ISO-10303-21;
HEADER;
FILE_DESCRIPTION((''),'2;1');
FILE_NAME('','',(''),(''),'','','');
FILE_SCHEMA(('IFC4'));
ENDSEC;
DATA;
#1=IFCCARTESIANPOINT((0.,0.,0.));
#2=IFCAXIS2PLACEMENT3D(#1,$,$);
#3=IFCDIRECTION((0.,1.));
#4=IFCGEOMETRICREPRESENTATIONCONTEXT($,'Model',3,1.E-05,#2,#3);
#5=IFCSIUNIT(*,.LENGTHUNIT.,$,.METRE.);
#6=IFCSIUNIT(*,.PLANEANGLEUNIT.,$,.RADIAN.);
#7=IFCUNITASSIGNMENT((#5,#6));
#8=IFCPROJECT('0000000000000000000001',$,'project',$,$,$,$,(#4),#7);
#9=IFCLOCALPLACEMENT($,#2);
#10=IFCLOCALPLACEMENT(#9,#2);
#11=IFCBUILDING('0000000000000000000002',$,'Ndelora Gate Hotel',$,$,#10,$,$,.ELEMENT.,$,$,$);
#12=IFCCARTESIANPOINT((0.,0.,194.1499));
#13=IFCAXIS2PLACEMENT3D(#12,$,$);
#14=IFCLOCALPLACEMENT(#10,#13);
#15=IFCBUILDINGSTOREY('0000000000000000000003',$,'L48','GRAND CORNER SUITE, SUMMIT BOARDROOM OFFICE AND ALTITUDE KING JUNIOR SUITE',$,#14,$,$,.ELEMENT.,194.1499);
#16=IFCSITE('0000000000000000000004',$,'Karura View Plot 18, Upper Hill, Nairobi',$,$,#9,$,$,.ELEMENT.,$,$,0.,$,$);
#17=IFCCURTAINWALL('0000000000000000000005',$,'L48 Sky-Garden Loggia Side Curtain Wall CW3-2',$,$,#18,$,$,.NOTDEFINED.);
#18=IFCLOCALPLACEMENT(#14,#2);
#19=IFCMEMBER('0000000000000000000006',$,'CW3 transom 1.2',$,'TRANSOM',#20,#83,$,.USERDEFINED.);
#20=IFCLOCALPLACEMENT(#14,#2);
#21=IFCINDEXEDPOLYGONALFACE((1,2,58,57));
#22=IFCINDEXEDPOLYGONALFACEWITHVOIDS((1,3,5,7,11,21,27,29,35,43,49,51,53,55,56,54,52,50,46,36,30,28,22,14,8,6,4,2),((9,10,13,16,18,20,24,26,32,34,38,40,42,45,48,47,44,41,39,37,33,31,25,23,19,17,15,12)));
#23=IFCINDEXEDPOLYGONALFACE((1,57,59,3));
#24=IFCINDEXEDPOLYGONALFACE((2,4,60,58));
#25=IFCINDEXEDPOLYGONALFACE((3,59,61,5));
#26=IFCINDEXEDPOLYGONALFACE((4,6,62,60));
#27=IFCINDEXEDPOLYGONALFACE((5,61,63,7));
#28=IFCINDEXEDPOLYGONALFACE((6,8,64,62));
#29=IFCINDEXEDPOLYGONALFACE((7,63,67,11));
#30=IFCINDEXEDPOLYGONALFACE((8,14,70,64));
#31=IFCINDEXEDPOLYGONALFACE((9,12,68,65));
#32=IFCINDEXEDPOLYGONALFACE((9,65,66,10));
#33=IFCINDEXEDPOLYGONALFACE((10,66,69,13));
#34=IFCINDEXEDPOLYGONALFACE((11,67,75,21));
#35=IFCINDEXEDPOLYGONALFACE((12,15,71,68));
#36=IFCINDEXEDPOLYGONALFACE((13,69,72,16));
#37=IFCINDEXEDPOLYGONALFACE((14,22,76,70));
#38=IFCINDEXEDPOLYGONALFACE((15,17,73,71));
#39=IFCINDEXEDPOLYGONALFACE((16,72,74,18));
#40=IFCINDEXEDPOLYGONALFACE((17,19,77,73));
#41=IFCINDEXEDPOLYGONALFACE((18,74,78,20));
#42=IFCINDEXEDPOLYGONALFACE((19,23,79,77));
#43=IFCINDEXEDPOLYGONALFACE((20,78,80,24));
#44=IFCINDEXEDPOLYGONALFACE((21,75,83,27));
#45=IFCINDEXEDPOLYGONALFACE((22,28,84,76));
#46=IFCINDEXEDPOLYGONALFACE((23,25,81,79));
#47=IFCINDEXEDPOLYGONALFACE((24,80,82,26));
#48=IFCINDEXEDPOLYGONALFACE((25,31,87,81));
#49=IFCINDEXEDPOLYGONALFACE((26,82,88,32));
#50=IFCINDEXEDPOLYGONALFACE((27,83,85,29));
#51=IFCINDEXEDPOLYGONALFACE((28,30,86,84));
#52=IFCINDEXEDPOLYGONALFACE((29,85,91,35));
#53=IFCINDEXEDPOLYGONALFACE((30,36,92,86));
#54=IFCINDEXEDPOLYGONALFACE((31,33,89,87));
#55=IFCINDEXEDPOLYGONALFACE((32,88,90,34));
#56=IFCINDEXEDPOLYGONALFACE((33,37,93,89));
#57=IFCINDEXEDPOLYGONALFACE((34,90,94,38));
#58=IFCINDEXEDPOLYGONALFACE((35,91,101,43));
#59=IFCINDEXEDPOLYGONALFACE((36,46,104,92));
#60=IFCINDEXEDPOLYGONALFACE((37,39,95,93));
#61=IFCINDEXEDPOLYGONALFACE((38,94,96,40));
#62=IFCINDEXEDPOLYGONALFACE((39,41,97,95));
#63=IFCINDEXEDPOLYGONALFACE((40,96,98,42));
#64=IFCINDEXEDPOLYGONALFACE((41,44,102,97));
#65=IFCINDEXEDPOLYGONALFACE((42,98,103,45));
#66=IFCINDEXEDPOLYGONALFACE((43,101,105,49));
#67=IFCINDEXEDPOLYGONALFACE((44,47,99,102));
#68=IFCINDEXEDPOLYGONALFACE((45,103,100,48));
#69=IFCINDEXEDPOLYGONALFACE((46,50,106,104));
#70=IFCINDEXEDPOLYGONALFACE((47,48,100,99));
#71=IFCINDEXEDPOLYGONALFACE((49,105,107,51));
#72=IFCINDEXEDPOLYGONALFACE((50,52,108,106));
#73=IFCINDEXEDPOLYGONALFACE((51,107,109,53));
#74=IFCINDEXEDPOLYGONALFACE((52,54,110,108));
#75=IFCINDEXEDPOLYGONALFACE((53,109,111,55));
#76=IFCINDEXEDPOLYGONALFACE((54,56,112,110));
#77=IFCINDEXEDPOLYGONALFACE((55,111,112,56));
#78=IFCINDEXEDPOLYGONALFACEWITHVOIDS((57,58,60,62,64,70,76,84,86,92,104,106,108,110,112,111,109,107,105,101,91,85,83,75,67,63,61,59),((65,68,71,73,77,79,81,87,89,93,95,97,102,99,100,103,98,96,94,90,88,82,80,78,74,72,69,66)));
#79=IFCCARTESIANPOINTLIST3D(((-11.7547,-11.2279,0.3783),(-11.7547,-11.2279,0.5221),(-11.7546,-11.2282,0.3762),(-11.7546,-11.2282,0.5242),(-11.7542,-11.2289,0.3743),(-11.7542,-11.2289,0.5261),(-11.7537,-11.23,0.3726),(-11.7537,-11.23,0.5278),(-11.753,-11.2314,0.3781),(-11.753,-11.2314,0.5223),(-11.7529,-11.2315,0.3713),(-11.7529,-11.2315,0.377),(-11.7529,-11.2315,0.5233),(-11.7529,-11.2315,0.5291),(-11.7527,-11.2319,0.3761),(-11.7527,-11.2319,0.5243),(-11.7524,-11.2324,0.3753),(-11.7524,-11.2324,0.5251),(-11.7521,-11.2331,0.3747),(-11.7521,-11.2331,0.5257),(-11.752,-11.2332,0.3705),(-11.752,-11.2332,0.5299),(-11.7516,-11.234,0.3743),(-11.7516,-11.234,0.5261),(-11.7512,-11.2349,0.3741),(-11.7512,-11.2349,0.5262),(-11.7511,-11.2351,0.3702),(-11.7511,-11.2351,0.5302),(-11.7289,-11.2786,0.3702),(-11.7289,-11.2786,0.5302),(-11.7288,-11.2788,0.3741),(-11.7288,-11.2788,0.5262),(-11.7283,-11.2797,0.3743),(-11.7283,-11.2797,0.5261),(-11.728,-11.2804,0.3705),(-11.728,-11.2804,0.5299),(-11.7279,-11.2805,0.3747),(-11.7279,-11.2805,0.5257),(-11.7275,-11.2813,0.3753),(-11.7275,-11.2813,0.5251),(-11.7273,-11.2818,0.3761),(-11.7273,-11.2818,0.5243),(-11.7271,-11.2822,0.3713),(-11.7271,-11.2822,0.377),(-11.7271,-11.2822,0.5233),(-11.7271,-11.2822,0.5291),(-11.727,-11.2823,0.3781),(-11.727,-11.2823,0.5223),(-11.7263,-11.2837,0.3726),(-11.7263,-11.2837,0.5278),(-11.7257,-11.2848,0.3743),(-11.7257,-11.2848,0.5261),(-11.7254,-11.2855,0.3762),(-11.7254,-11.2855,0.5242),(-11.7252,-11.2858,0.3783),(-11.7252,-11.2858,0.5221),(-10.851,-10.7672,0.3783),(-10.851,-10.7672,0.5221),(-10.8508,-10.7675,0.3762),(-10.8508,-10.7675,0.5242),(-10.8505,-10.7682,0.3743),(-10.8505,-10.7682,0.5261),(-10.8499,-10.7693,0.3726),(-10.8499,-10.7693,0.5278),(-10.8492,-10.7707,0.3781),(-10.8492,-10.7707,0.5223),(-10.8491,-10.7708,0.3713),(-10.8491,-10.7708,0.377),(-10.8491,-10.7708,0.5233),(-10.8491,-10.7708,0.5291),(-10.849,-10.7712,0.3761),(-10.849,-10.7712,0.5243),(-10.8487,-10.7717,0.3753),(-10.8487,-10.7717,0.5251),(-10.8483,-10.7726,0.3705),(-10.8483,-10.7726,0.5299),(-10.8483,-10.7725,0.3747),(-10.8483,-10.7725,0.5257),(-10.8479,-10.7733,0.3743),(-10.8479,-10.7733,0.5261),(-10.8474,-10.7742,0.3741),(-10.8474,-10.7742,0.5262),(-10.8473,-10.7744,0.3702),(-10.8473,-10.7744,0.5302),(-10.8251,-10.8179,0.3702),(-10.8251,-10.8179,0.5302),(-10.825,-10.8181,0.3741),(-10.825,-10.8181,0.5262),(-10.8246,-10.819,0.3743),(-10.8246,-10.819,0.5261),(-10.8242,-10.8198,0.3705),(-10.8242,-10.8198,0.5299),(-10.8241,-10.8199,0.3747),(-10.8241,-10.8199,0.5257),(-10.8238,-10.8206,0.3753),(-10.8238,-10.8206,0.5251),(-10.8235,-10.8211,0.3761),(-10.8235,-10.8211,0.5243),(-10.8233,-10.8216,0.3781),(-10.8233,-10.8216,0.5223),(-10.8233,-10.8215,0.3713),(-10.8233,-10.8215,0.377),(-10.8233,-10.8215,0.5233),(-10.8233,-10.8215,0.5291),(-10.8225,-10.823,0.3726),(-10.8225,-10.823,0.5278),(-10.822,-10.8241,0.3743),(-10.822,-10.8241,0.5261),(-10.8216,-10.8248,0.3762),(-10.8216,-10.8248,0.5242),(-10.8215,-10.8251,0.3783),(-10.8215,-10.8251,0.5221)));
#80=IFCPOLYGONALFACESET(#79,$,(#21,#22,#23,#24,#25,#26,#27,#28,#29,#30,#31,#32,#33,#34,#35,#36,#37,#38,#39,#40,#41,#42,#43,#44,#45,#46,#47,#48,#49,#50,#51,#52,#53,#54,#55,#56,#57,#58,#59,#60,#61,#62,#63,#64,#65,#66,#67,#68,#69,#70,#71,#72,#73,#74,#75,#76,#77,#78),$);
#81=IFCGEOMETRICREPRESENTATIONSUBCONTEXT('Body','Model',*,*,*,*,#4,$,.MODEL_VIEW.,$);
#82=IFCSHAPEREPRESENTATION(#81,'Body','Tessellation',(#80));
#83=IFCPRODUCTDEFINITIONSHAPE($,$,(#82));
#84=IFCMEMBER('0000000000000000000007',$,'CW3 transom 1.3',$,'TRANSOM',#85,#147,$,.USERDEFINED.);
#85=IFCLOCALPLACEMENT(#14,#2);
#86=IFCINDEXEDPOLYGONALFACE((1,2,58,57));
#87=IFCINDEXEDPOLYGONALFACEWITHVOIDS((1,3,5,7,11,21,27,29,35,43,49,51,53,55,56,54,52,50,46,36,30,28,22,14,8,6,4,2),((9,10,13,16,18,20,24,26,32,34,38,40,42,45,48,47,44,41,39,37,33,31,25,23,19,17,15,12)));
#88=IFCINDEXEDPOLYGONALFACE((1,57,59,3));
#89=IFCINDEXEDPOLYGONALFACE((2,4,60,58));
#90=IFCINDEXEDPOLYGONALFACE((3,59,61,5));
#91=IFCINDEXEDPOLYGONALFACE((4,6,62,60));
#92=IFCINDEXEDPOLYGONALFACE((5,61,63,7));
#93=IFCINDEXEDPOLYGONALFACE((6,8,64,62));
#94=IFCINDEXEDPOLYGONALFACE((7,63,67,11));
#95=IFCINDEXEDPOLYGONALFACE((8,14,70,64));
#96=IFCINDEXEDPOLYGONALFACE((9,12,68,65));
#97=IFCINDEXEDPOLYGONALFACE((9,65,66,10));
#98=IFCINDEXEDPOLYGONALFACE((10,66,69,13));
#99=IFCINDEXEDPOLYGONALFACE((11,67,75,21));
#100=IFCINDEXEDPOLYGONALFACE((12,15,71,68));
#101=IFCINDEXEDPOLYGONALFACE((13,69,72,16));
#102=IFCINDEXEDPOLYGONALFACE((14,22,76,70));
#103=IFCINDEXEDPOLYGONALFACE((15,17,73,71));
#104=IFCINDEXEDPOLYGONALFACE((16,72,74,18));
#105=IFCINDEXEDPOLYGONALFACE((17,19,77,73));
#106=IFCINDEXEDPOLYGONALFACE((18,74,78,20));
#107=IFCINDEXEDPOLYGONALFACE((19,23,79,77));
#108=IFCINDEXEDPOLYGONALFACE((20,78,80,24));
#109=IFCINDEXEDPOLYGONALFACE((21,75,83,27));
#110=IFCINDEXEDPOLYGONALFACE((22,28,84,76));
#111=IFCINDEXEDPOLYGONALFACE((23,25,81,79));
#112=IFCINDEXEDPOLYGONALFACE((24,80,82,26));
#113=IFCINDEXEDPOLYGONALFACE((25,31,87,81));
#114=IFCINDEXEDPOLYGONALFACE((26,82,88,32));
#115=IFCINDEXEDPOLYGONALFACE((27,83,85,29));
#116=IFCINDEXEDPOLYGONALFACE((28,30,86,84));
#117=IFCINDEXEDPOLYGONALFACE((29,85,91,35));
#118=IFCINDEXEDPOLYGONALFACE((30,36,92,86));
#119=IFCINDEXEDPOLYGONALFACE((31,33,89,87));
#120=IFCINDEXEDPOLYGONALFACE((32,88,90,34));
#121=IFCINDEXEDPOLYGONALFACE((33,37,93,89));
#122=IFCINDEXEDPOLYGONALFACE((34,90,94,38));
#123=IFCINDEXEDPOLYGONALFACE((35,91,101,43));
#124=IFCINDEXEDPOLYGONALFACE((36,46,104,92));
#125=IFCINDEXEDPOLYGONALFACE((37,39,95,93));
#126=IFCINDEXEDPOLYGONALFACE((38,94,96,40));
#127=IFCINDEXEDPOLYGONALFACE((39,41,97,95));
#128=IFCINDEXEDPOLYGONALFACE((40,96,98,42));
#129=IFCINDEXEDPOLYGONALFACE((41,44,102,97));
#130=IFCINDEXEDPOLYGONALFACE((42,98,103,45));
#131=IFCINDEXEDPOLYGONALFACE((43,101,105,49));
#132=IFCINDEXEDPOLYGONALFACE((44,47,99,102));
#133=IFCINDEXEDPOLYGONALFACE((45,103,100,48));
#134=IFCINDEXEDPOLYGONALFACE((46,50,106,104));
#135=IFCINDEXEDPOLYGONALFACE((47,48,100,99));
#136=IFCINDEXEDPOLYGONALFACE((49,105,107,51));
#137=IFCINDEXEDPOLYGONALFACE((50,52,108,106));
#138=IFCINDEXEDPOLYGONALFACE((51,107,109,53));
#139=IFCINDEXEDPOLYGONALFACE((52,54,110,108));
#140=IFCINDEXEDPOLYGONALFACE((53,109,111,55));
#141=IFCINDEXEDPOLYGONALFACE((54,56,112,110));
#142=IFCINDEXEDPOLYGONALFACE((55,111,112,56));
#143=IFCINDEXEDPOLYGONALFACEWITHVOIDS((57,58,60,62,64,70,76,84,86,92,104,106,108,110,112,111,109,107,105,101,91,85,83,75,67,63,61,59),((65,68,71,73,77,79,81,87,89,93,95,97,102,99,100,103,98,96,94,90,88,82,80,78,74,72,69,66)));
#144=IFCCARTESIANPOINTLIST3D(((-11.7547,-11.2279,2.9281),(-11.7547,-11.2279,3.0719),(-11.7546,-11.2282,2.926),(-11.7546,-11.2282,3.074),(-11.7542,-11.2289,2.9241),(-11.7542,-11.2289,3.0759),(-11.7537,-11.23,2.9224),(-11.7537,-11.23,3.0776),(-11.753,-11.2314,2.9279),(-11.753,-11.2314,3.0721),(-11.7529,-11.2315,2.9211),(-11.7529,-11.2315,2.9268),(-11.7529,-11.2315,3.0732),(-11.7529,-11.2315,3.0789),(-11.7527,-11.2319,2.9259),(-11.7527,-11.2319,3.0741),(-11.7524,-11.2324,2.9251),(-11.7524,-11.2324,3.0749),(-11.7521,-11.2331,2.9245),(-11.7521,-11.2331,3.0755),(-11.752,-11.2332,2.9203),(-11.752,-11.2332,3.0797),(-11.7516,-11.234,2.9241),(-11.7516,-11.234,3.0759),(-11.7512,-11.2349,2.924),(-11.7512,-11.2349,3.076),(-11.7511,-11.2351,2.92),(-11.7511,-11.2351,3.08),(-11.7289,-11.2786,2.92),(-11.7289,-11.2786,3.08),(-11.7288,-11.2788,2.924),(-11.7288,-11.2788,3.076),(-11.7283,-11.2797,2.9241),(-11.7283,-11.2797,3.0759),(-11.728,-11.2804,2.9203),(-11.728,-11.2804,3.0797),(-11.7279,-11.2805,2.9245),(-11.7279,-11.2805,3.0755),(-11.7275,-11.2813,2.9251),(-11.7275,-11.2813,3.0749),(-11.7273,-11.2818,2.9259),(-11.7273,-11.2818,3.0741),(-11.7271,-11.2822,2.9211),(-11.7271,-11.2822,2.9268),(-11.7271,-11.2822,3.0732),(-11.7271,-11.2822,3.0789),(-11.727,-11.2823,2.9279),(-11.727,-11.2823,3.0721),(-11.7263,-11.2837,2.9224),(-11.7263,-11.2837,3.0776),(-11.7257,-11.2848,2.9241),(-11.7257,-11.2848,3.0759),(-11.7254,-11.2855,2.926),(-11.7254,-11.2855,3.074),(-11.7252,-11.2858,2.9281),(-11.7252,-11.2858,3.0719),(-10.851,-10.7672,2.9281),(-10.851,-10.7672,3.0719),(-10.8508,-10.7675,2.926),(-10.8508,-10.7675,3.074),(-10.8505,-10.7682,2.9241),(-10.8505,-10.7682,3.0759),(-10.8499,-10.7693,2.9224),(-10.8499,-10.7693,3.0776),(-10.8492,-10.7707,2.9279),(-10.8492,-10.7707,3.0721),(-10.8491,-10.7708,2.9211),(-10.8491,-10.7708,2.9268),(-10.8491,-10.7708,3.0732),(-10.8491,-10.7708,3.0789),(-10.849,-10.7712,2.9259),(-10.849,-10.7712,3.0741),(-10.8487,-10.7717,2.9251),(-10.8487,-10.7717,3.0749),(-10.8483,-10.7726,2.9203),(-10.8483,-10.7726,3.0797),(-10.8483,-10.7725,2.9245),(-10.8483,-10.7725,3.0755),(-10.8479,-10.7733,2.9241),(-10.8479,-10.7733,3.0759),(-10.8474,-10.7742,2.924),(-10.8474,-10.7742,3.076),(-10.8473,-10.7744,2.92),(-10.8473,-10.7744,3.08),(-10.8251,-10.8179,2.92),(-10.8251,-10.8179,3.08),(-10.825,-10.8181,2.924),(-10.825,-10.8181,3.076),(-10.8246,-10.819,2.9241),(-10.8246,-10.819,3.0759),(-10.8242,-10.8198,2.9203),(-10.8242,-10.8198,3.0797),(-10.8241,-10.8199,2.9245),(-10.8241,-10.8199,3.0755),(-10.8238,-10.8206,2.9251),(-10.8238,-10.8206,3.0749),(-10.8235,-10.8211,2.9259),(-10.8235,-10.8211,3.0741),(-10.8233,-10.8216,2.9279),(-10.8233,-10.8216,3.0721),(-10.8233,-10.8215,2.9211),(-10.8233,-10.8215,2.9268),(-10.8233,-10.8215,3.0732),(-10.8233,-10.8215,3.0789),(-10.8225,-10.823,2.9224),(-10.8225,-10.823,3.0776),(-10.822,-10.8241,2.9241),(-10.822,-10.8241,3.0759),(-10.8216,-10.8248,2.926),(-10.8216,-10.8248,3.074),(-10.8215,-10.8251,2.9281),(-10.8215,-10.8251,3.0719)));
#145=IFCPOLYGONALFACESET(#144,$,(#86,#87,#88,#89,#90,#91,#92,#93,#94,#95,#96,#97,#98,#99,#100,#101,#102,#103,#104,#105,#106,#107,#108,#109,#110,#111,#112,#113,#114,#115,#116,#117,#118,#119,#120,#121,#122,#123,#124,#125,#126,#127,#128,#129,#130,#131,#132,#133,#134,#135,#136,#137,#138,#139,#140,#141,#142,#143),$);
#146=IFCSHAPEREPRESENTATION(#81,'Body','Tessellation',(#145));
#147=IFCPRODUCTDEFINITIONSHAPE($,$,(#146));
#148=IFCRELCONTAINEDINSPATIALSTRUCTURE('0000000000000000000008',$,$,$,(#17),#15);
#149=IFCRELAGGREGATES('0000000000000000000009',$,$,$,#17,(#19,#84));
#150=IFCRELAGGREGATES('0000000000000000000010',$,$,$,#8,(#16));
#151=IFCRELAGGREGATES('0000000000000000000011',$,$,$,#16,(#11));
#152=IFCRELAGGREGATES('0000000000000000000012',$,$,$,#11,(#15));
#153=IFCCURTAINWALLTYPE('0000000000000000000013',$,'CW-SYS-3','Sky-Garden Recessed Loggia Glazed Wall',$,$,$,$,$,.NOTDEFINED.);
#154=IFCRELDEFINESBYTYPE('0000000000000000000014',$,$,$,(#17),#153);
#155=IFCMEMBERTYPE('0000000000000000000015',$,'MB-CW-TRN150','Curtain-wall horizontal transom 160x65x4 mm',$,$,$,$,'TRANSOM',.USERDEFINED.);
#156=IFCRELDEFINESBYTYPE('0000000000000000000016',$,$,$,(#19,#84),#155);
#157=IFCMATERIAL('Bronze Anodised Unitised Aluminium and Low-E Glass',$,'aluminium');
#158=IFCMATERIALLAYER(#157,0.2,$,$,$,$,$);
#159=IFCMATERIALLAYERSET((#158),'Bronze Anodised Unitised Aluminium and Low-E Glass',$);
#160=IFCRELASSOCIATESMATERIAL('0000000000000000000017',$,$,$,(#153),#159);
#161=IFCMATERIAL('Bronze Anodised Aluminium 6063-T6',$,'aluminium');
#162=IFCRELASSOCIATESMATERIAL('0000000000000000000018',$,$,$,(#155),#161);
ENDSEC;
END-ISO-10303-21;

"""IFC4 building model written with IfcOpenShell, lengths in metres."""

from ifc_helpers import new_model, si_unit, direction, frame, origin, origin_2d, place, context, subcontext, project, spatial, hollow_rectangle, extrude, material, layer, layer_set, material_profile, profile_set, type_object, element, aggregate, save


model = new_model("IFC4")

# Units and contexts
model_context = context("Model", 3, precision=1e-05, world=origin(), true_north=direction((0.0, 1.0)))
body_context = subcontext(model_context, "Body", "Model", "MODEL_VIEW")
ifc_project = project(units=[si_unit("LENGTHUNIT", "METRE"), si_unit("PLANEANGLEUNIT", "RADIAN")], contexts=[model_context])

# Site, building, storey
site_placement = place(None, origin())
site = spatial("IfcSite", under=ifc_project, at=site_placement, Name="Karura View Plot 18, Upper Hill, Nairobi", CompositionType="ELEMENT", RefElevation=0.0)
building_placement = place(site_placement, origin())
building = spatial("IfcBuilding", under=site, at=building_placement, Name="Ndelora Gate Hotel", CompositionType="ELEMENT")
storey_placement = place(building_placement, frame((0.0, 0.0, 194.1499)))
storey = spatial("IfcBuildingStorey", under=building, at=storey_placement, Name="L48", Description="GRAND CORNER SUITE, SUMMIT BOARDROOM OFFICE AND ALTITUDE KING JUNIOR SUITE", CompositionType="ELEMENT", Elevation=194.1499)

# Curtain wall, members
ifc_material_1 = material(Name="Bronze Anodised Unitised Aluminium and Low-E Glass", Category="aluminium")
ifc_layer_1 = layer(ifc_material_1, 0.2)
ifc_layer_set_1 = layer_set([ifc_layer_1], Name="Bronze Anodised Unitised Aluminium and Low-E Glass")
curtain_wall_type = type_object("IfcCurtainWallType", Name="CW-SYS-3", Description="Sky-Garden Recessed Loggia Glazed Wall", PredefinedType="NOTDEFINED", material=ifc_layer_set_1)
curtain_wall_placement = place(storey_placement, origin())
curtain_wall = element("IfcCurtainWall", 1, at=curtain_wall_placement, inside=storey, type_object=curtain_wall_type, Name="L48 Sky-Garden Loggia Side Curtain Wall CW3-2", PredefinedType="NOTDEFINED")
ifc_material_2 = material(Name="Bronze Anodised Aluminium 6063-T6", Category="aluminium")
ifc_material_profile_1 = material_profile(ifc_material_2, hollow_rectangle(XDim=0.0649, YDim=0.1599, WallThickness=0.0039, InnerFilletRadius=0.0039, OuterFilletRadius=0.0081, at=origin_2d()), Name="ALU 160x65x4")
ifc_profile_set_1 = profile_set([ifc_material_profile_1], Name="Bronze Anodised Aluminium 6063-T6")
member_type_1 = type_object("IfcMemberType", Name="MB-CW-TRN150", Description="Curtain-wall horizontal transom 160x65x4 mm", ElementType="TRANSOM", PredefinedType="USERDEFINED", material=ifc_profile_set_1)
member_1_placement = place(storey_placement, frame((-11.74, -11.2568, 0.4502), z_axis=(0.890935, 0.454131, 0.0), x_axis=(-0.454131, 0.890935, 0.0)))
member_1 = element("IfcMember", 2, at=member_1_placement, type_object=member_type_1, Name="CW3 transom 1.2", ObjectType="TRANSOM", PredefinedType="USERDEFINED", context=body_context, shape_type="SweptSolid", body=[
    extrude(hollow_rectangle(XDim=0.0649, YDim=0.1599, WallThickness=0.0039, InnerFilletRadius=0.0039, OuterFilletRadius=0.0081, at=origin_2d()), origin(), (0.0, 0.0, 1.0), 1.0144),
])
member_2_placement = place(storey_placement, frame((-11.74, -11.2568, 3.0), z_axis=(0.890935, 0.454131, 0.0), x_axis=(-0.454131, 0.890935, 0.0)))
member_2 = element("IfcMember", 3, at=member_2_placement, type_object=member_type_1, Name="CW3 transom 1.3", ObjectType="TRANSOM", PredefinedType="USERDEFINED", context=body_context, shape_type="SweptSolid", body=[
    extrude(hollow_rectangle(XDim=0.0649, YDim=0.1599, WallThickness=0.0039, InnerFilletRadius=0.0039, OuterFilletRadius=0.0081, at=origin_2d()), origin(), (0.0, 0.0, 1.0), 1.0144),
])
aggregate(curtain_wall, [member_1, member_2])

save(model, "model.ifc")
